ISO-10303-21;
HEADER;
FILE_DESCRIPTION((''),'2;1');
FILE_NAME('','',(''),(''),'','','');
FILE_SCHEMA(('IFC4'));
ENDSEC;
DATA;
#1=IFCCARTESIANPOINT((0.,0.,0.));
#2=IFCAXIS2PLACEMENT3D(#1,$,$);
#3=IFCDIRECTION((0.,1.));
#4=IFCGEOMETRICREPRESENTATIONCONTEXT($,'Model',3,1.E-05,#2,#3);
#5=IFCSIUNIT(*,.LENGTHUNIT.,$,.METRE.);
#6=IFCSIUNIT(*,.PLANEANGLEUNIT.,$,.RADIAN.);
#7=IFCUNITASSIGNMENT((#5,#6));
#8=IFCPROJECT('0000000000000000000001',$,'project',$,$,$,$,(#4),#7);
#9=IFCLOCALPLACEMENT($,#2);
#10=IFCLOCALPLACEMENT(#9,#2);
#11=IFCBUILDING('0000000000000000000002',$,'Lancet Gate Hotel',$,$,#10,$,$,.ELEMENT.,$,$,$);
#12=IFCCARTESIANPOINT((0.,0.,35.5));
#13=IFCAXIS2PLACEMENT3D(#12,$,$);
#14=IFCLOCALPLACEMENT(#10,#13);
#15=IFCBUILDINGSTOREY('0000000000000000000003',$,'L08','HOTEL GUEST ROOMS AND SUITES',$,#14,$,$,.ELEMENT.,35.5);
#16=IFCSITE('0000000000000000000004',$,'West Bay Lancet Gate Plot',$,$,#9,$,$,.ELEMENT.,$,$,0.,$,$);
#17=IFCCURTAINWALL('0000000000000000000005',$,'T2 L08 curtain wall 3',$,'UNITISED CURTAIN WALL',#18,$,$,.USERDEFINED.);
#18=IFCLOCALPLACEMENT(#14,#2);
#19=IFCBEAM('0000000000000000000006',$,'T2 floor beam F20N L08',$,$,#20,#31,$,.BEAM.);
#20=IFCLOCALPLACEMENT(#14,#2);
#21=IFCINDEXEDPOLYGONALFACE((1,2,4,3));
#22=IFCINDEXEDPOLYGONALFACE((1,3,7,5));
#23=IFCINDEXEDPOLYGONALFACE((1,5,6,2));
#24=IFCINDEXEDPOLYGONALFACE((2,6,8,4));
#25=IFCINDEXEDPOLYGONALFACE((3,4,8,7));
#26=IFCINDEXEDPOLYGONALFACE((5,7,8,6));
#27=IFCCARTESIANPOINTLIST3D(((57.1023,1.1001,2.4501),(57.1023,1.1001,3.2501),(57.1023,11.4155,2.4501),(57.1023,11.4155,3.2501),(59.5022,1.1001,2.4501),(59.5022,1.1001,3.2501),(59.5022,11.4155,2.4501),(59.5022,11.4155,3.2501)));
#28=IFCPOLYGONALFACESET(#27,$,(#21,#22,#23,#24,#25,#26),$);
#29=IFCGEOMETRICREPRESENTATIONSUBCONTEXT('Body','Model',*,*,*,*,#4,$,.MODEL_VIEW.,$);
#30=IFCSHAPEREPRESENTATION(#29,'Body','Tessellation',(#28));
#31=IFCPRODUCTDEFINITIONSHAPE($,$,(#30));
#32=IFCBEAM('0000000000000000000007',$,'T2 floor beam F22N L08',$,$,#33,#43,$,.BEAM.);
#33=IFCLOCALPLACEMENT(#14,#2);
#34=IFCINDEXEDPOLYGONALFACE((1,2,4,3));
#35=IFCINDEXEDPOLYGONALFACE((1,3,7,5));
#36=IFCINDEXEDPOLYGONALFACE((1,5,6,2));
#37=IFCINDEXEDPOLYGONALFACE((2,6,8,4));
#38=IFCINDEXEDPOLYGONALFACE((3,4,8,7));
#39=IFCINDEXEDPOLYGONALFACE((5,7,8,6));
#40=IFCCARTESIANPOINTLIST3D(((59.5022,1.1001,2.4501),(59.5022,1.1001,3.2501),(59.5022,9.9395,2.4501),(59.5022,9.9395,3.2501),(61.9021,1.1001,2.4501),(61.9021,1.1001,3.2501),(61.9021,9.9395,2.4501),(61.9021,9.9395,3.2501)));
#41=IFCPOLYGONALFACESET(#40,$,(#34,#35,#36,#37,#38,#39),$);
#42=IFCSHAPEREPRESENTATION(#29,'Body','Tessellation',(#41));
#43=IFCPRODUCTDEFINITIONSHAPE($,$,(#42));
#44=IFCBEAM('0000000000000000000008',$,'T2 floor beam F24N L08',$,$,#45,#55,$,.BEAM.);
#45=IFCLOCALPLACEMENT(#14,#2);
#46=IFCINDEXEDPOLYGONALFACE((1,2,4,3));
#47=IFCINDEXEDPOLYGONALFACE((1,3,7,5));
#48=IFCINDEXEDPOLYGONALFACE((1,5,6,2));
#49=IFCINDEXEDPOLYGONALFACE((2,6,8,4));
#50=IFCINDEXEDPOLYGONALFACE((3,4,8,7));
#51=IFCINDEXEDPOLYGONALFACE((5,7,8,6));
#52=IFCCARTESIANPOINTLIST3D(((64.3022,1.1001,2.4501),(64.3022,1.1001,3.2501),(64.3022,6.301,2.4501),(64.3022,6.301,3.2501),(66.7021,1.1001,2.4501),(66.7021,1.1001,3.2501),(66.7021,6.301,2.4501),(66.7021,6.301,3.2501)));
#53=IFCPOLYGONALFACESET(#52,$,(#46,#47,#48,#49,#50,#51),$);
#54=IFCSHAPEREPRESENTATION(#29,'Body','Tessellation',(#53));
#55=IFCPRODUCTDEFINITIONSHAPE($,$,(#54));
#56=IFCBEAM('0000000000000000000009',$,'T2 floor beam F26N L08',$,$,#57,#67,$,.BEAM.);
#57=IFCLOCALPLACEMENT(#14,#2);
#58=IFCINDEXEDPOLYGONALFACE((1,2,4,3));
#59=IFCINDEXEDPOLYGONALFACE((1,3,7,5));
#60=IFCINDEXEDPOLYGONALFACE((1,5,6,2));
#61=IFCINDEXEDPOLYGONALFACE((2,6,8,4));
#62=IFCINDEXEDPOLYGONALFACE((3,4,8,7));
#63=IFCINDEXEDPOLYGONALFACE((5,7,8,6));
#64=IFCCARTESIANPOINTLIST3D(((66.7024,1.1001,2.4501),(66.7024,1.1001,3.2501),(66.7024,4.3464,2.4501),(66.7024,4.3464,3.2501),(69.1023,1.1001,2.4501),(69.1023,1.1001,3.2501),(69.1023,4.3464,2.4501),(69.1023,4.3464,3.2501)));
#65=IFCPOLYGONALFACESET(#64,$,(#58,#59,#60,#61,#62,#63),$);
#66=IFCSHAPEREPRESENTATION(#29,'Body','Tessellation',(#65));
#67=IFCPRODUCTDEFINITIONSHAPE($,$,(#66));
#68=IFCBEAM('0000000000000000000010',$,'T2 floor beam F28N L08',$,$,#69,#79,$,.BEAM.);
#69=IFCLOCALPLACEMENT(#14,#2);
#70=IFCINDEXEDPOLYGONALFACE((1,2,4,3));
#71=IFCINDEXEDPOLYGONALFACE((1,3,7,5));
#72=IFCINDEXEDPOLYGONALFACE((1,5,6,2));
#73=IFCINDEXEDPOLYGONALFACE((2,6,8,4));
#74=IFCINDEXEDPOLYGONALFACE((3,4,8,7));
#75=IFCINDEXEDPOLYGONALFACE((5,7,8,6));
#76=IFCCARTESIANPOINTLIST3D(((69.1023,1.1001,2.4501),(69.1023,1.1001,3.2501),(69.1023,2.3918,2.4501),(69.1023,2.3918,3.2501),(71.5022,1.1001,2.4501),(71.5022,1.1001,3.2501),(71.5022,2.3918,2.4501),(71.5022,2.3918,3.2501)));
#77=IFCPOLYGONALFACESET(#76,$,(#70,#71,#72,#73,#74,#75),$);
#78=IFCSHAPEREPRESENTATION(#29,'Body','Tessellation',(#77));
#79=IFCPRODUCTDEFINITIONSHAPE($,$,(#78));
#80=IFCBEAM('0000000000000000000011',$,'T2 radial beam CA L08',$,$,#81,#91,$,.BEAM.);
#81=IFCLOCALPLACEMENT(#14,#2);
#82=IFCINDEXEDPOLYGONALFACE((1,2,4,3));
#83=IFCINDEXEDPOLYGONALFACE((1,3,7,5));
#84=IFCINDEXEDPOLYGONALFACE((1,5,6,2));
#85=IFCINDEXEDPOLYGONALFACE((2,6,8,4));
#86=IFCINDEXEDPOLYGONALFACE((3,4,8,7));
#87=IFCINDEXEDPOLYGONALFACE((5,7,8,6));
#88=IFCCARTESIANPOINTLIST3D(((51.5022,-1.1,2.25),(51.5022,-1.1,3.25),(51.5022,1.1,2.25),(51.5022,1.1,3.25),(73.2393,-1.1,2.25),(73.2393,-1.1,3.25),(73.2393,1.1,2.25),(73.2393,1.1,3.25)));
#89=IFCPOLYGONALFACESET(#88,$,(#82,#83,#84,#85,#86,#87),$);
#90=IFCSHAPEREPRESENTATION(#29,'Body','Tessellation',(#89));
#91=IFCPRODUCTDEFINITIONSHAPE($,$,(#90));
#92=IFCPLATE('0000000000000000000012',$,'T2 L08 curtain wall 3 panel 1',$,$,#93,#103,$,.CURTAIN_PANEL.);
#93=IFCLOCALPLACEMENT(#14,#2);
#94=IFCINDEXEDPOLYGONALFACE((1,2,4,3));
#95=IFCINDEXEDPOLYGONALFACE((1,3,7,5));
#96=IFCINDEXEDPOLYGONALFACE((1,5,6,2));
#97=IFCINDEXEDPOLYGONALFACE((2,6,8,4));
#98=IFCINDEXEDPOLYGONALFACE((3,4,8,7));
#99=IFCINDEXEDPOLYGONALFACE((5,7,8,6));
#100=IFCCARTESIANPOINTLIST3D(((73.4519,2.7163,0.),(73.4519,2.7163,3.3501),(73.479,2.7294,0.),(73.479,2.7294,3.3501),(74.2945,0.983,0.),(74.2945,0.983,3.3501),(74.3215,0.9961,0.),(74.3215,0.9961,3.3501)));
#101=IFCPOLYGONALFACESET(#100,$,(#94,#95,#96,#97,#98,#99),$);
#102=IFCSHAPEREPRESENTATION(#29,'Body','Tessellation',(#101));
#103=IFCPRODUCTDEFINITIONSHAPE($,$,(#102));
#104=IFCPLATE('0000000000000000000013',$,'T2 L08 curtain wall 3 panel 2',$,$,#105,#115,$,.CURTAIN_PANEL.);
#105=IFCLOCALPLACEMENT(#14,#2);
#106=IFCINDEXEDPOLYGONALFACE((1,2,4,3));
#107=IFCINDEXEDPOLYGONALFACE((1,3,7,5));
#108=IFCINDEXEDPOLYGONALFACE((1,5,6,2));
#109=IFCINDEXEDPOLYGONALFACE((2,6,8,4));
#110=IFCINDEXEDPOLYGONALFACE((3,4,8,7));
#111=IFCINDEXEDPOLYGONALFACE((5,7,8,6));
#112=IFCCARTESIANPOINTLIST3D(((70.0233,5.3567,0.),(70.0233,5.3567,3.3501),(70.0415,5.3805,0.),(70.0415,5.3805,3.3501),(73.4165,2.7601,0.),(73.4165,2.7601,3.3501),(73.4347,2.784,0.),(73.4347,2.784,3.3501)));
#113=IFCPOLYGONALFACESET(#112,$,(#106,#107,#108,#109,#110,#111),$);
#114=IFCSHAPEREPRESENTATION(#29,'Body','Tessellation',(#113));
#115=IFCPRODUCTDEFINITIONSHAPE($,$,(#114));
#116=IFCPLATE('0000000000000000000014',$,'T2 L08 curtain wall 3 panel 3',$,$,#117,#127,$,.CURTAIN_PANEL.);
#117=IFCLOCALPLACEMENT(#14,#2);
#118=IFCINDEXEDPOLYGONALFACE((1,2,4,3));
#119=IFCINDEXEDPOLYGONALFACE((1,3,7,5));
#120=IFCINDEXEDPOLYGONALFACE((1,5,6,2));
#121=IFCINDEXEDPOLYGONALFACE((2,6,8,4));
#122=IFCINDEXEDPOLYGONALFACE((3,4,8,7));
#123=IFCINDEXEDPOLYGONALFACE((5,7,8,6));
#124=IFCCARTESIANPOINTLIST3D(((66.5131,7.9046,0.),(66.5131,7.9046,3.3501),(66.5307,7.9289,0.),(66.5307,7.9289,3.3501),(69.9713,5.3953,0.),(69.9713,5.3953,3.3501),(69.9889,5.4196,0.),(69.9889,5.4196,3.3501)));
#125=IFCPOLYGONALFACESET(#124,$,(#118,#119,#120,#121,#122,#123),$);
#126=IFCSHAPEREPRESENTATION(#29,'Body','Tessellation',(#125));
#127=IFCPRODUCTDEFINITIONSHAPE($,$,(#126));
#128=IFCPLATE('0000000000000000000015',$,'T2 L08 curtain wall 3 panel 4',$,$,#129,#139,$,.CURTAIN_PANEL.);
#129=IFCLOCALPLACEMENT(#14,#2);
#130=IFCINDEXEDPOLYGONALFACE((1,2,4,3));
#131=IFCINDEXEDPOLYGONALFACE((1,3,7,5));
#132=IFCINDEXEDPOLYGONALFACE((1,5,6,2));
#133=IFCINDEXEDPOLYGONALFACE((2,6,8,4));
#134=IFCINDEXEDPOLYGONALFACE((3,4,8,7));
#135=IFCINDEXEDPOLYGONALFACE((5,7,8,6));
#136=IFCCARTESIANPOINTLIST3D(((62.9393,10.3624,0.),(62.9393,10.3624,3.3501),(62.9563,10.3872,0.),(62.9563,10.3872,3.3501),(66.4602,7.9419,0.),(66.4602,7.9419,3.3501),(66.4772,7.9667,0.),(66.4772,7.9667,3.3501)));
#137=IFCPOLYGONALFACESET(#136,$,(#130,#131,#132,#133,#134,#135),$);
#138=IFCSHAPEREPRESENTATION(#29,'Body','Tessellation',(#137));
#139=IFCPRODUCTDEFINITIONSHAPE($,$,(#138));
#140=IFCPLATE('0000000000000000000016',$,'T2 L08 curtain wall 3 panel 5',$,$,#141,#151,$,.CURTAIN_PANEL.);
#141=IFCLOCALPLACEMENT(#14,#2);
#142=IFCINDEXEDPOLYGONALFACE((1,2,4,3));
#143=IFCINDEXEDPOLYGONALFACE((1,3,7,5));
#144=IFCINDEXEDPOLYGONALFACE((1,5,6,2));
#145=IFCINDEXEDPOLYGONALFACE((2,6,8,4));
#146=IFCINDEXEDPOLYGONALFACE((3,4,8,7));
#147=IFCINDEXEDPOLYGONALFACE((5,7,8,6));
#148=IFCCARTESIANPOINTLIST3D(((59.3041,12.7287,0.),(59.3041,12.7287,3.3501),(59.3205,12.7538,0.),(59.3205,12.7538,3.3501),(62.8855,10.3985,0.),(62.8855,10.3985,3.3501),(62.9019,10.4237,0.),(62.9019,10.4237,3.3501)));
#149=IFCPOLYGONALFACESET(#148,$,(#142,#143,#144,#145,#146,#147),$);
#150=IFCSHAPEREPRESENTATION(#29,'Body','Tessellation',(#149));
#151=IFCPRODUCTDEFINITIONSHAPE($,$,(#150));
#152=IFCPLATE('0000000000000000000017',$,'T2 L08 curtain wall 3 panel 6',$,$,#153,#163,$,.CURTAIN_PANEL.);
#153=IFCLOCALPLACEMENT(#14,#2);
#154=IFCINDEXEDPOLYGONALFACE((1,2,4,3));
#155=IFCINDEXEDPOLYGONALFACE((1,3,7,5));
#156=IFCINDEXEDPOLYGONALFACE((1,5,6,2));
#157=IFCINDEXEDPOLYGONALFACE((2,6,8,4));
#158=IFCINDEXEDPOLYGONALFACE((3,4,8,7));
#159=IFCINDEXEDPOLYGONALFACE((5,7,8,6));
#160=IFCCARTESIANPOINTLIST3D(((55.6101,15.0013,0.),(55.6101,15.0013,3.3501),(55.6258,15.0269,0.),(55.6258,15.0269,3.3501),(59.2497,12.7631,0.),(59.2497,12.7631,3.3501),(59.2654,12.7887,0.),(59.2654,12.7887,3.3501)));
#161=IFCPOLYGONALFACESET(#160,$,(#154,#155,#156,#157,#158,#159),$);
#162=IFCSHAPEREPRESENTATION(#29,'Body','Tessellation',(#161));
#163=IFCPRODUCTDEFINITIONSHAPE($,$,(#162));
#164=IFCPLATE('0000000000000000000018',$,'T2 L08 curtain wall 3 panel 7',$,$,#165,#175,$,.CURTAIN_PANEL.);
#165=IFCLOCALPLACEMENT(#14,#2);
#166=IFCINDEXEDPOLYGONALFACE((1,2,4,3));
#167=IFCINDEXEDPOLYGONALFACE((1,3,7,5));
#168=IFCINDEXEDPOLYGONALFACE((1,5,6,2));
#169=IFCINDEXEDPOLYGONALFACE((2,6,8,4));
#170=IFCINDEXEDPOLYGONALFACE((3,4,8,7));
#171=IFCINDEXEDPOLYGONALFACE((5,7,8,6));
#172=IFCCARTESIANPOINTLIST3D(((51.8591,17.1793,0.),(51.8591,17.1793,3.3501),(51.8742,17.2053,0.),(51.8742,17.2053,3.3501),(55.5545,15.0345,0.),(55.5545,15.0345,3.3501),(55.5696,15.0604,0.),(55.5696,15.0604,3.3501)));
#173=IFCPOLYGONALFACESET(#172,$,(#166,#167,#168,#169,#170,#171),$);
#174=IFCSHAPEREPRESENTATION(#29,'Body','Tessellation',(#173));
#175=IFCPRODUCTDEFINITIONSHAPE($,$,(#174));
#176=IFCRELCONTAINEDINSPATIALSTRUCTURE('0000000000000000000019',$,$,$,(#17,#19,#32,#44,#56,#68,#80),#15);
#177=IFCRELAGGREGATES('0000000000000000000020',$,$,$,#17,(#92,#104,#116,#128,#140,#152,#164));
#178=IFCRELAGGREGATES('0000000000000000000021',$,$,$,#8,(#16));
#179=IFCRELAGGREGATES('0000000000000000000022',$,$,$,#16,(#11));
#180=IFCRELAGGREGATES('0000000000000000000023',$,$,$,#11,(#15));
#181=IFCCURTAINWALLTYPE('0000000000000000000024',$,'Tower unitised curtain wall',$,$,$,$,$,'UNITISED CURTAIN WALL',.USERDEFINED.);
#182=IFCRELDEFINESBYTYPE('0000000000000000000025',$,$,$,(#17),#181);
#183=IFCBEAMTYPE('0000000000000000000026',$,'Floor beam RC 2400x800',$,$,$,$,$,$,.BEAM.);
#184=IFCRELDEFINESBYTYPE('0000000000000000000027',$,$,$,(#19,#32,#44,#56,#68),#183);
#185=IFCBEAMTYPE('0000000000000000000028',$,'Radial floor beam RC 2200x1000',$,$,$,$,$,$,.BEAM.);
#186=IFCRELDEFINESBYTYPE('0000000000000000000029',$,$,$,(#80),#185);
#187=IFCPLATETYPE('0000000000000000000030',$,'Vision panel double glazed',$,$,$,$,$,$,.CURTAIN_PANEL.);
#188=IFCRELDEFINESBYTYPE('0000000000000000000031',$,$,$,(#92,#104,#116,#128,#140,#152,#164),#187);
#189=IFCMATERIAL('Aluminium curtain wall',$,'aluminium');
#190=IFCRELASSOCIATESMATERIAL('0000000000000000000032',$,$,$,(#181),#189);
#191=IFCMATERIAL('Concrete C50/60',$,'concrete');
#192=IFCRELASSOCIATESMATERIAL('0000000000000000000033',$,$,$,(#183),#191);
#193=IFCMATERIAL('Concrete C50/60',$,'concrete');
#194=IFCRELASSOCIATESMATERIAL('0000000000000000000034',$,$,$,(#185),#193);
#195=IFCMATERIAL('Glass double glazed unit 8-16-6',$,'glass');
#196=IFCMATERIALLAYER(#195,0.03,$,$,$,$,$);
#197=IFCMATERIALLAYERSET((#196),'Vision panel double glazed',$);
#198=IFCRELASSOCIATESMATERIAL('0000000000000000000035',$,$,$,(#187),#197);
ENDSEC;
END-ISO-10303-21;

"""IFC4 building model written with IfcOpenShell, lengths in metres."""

from ifc_helpers import new_model, si_unit, direction, frame, origin, origin_2d, place, context, subcontext, project, spatial, rectangle, extrude, material, layer, layer_set, material_profile, profile_set, type_object, element, aggregate, save


model = new_model("IFC4")

# Units and contexts
model_context = context("Model", 3, precision=1e-05, world=origin(), true_north=direction((0.0, 1.0)))
body_context = subcontext(model_context, "Body", "Model", "MODEL_VIEW")
ifc_project = project(units=[si_unit("LENGTHUNIT", "METRE"), si_unit("PLANEANGLEUNIT", "RADIAN")], contexts=[model_context])

# Site, building, storey
site_placement = place(None, origin())
site = spatial("IfcSite", under=ifc_project, at=site_placement, Name="West Bay Lancet Gate Plot", CompositionType="ELEMENT", RefElevation=0.0)
building_placement = place(site_placement, origin())
building = spatial("IfcBuilding", under=site, at=building_placement, Name="Lancet Gate Hotel", CompositionType="ELEMENT")
storey_placement = place(building_placement, frame((0.0, 0.0, 35.5)))
storey = spatial("IfcBuildingStorey", under=building, at=storey_placement, Name="L08", Description="HOTEL GUEST ROOMS AND SUITES", CompositionType="ELEMENT", Elevation=35.5)

# Curtain wall
ifc_material_1 = material(Name="Aluminium curtain wall", Category="aluminium")
curtain_wall_type = type_object("IfcCurtainWallType", Name="Tower unitised curtain wall", ElementType="UNITISED CURTAIN WALL", PredefinedType="USERDEFINED", material=ifc_material_1)
curtain_wall_placement = place(storey_placement, origin())
curtain_wall = element("IfcCurtainWall", 1, at=curtain_wall_placement, inside=storey, type_object=curtain_wall_type, Name="T2 L08 curtain wall 3", ObjectType="UNITISED CURTAIN WALL", PredefinedType="USERDEFINED")

# Beams
ifc_material_2 = material(Name="Concrete C50/60", Category="concrete")
ifc_material_profile_1 = material_profile(ifc_material_2, rectangle(XDim=2.3999, YDim=0.8, at=origin_2d()), Name="RC 2400x800")
ifc_profile_set_1 = profile_set([ifc_material_profile_1], Name="Concrete C50/60")
beam_type_1 = type_object("IfcBeamType", Name="Floor beam RC 2400x800", PredefinedType="BEAM", material=ifc_profile_set_1)
beam_1_placement = place(storey_placement, frame((58.3022, 1.1001, 2.8501), z_axis=(0.0, 1.0, 0.0), x_axis=(-1.0, 0.0, 0.0)))
element("IfcBeam", 2, at=beam_1_placement, inside=storey, type_object=beam_type_1, Name="T2 floor beam F20N L08", PredefinedType="BEAM", context=body_context, shape_type="SweptSolid", body=[
    extrude(rectangle(XDim=2.3999, YDim=0.8, at=origin_2d()), origin(), (0.0, 0.0, 1.0), 10.3154),
])
beam_2_placement = place(storey_placement, frame((60.7021, 1.1001, 2.8501), z_axis=(0.0, 1.0, 0.0), x_axis=(-1.0, 0.0, 0.0)))
element("IfcBeam", 3, at=beam_2_placement, inside=storey, type_object=beam_type_1, Name="T2 floor beam F22N L08", PredefinedType="BEAM", context=body_context, shape_type="SweptSolid", body=[
    extrude(rectangle(XDim=2.3999, YDim=0.8, at=origin_2d()), origin(), (0.0, 0.0, 1.0), 8.8394),
])
beam_3_placement = place(storey_placement, frame((65.5022, 1.1001, 2.8501), z_axis=(0.0, 1.0, 0.0), x_axis=(-1.0, 0.0, 0.0)))
element("IfcBeam", 4, at=beam_3_placement, inside=storey, type_object=beam_type_1, Name="T2 floor beam F24N L08", PredefinedType="BEAM", context=body_context, shape_type="SweptSolid", body=[
    extrude(rectangle(XDim=2.3999, YDim=0.8, at=origin_2d()), origin(), (0.0, 0.0, 1.0), 5.2009),
])
beam_4_placement = place(storey_placement, frame((67.9023, 1.1001, 2.8501), z_axis=(0.0, 1.0, 0.0), x_axis=(-1.0, 0.0, 0.0)))
element("IfcBeam", 5, at=beam_4_placement, inside=storey, type_object=beam_type_1, Name="T2 floor beam F26N L08", PredefinedType="BEAM", context=body_context, shape_type="SweptSolid", body=[
    extrude(rectangle(XDim=2.3999, YDim=0.8, at=origin_2d()), origin(), (0.0, 0.0, 1.0), 3.2463),
])
beam_5_placement = place(storey_placement, frame((70.3022, 1.1001, 2.8501), z_axis=(0.0, 1.0, 0.0), x_axis=(-1.0, 0.0, 0.0)))
element("IfcBeam", 6, at=beam_5_placement, inside=storey, type_object=beam_type_1, Name="T2 floor beam F28N L08", PredefinedType="BEAM", context=body_context, shape_type="SweptSolid", body=[
    extrude(rectangle(XDim=2.3999, YDim=0.8, at=origin_2d()), origin(), (0.0, 0.0, 1.0), 1.2917),
])
ifc_material_3 = material(Name="Concrete C50/60", Category="concrete")
ifc_material_profile_2 = material_profile(ifc_material_3, rectangle(XDim=2.2, YDim=1.0, at=origin_2d()), Name="RC 2200x1000")
ifc_profile_set_2 = profile_set([ifc_material_profile_2], Name="Concrete C50/60")
beam_type_2 = type_object("IfcBeamType", Name="Radial floor beam RC 2200x1000", PredefinedType="BEAM", material=ifc_profile_set_2)
beam_6_placement = place(storey_placement, frame((73.2393, 0.0, 2.75), z_axis=(-1.0, 0.0, 0.0), x_axis=(0.0, -1.0, 0.0)))
element("IfcBeam", 7, at=beam_6_placement, inside=storey, type_object=beam_type_2, Name="T2 radial beam CA L08", PredefinedType="BEAM", context=body_context, shape_type="SweptSolid", body=[
    extrude(rectangle(XDim=2.2, YDim=1.0, at=origin_2d()), origin(), (0.0, 0.0, 1.0), 21.7371),
])

# Plates
ifc_material_4 = material(Name="Glass double glazed unit 8-16-6", Category="glass")
ifc_layer = layer(ifc_material_4, 0.03)
ifc_layer_set = layer_set([ifc_layer], Name="Vision panel double glazed")
plate_type = type_object("IfcPlateType", Name="Vision panel double glazed", PredefinedType="CURTAIN_PANEL", material=ifc_layer_set)
plate_1_placement = place(storey_placement, frame((73.8867, 1.8562, 0.0), z_axis=(0.0, 0.0, 1.0), x_axis=(-0.437169, 0.899379, 0.0)))
plate_1 = element("IfcPlate", 8, at=plate_1_placement, type_object=plate_type, Name="T2 L08 curtain wall 3 panel 1", PredefinedType="CURTAIN_PANEL", context=body_context, shape_type="SweptSolid", body=[
    extrude(rectangle(XDim=1.9272, YDim=0.03, at=origin_2d()), origin(), (0.0, 0.0, 1.0), 3.3501),
])
plate_2_placement = place(storey_placement, frame((71.729, 4.0703, 0.0), z_axis=(0.0, 0.0, 1.0), x_axis=(-0.79416, 0.607709, 0.0)))
plate_2 = element("IfcPlate", 9, at=plate_2_placement, type_object=plate_type, Name="T2 L08 curtain wall 3 panel 2", PredefinedType="CURTAIN_PANEL", context=body_context, shape_type="SweptSolid", body=[
    extrude(rectangle(XDim=4.2727, YDim=0.03, at=origin_2d()), origin(), (0.0, 0.0, 1.0), 3.3501),
])
plate_3_placement = place(storey_placement, frame((68.251, 6.6621, 0.0), z_axis=(0.0, 0.0, 1.0), x_axis=(-0.80937, 0.587299, 0.0)))
plate_3 = element("IfcPlate", 10, at=plate_3_placement, type_object=plate_type, Name="T2 L08 curtain wall 3 panel 3", PredefinedType="CURTAIN_PANEL", context=body_context, shape_type="SweptSolid", body=[
    extrude(rectangle(XDim=4.2727, YDim=0.03, at=origin_2d()), origin(), (0.0, 0.0, 1.0), 3.3501),
])
plate_4_placement = place(storey_placement, frame((64.7083, 9.1646, 0.0), z_axis=(0.0, 0.0, 1.0), x_axis=(-0.824055, 0.566509, 0.0)))
plate_4 = element("IfcPlate", 11, at=plate_4_placement, type_object=plate_type, Name="T2 L08 curtain wall 3 panel 4", PredefinedType="CURTAIN_PANEL", context=body_context, shape_type="SweptSolid", body=[
    extrude(rectangle(XDim=4.2727, YDim=0.03, at=origin_2d()), origin(), (0.0, 0.0, 1.0), 3.3501),
])
plate_5_placement = place(storey_placement, frame((61.103, 11.5762, 0.0), z_axis=(0.0, 0.0, 1.0), x_axis=(-0.838207, 0.545353, 0.0)))
plate_5 = element("IfcPlate", 12, at=plate_5_placement, type_object=plate_type, Name="T2 L08 curtain wall 3 panel 5", PredefinedType="CURTAIN_PANEL", context=body_context, shape_type="SweptSolid", body=[
    extrude(rectangle(XDim=4.2727, YDim=0.03, at=origin_2d()), origin(), (0.0, 0.0, 1.0), 3.3501),
])
plate_6_placement = place(storey_placement, frame((57.4377, 13.895, 0.0), z_axis=(0.0, 0.0, 1.0), x_axis=(-0.851815, 0.523842, 0.0)))
plate_6 = element("IfcPlate", 13, at=plate_6_placement, type_object=plate_type, Name="T2 L08 curtain wall 3 panel 6", PredefinedType="CURTAIN_PANEL", context=body_context, shape_type="SweptSolid", body=[
    extrude(rectangle(XDim=4.2727, YDim=0.03, at=origin_2d()), origin(), (0.0, 0.0, 1.0), 3.3501),
])
plate_7_placement = place(storey_placement, frame((53.7144, 16.1199, 0.0), z_axis=(0.0, 0.0, 1.0), x_axis=(-0.864872, 0.501993, 0.0)))
plate_7 = element("IfcPlate", 14, at=plate_7_placement, type_object=plate_type, Name="T2 L08 curtain wall 3 panel 7", PredefinedType="CURTAIN_PANEL", context=body_context, shape_type="SweptSolid", body=[
    extrude(rectangle(XDim=4.2727, YDim=0.03, at=origin_2d()), origin(), (0.0, 0.0, 1.0), 3.3501),
])
aggregate(curtain_wall, [plate_1, plate_2, plate_3, plate_4, plate_5, plate_6, plate_7])

save(model, "model.ifc")
